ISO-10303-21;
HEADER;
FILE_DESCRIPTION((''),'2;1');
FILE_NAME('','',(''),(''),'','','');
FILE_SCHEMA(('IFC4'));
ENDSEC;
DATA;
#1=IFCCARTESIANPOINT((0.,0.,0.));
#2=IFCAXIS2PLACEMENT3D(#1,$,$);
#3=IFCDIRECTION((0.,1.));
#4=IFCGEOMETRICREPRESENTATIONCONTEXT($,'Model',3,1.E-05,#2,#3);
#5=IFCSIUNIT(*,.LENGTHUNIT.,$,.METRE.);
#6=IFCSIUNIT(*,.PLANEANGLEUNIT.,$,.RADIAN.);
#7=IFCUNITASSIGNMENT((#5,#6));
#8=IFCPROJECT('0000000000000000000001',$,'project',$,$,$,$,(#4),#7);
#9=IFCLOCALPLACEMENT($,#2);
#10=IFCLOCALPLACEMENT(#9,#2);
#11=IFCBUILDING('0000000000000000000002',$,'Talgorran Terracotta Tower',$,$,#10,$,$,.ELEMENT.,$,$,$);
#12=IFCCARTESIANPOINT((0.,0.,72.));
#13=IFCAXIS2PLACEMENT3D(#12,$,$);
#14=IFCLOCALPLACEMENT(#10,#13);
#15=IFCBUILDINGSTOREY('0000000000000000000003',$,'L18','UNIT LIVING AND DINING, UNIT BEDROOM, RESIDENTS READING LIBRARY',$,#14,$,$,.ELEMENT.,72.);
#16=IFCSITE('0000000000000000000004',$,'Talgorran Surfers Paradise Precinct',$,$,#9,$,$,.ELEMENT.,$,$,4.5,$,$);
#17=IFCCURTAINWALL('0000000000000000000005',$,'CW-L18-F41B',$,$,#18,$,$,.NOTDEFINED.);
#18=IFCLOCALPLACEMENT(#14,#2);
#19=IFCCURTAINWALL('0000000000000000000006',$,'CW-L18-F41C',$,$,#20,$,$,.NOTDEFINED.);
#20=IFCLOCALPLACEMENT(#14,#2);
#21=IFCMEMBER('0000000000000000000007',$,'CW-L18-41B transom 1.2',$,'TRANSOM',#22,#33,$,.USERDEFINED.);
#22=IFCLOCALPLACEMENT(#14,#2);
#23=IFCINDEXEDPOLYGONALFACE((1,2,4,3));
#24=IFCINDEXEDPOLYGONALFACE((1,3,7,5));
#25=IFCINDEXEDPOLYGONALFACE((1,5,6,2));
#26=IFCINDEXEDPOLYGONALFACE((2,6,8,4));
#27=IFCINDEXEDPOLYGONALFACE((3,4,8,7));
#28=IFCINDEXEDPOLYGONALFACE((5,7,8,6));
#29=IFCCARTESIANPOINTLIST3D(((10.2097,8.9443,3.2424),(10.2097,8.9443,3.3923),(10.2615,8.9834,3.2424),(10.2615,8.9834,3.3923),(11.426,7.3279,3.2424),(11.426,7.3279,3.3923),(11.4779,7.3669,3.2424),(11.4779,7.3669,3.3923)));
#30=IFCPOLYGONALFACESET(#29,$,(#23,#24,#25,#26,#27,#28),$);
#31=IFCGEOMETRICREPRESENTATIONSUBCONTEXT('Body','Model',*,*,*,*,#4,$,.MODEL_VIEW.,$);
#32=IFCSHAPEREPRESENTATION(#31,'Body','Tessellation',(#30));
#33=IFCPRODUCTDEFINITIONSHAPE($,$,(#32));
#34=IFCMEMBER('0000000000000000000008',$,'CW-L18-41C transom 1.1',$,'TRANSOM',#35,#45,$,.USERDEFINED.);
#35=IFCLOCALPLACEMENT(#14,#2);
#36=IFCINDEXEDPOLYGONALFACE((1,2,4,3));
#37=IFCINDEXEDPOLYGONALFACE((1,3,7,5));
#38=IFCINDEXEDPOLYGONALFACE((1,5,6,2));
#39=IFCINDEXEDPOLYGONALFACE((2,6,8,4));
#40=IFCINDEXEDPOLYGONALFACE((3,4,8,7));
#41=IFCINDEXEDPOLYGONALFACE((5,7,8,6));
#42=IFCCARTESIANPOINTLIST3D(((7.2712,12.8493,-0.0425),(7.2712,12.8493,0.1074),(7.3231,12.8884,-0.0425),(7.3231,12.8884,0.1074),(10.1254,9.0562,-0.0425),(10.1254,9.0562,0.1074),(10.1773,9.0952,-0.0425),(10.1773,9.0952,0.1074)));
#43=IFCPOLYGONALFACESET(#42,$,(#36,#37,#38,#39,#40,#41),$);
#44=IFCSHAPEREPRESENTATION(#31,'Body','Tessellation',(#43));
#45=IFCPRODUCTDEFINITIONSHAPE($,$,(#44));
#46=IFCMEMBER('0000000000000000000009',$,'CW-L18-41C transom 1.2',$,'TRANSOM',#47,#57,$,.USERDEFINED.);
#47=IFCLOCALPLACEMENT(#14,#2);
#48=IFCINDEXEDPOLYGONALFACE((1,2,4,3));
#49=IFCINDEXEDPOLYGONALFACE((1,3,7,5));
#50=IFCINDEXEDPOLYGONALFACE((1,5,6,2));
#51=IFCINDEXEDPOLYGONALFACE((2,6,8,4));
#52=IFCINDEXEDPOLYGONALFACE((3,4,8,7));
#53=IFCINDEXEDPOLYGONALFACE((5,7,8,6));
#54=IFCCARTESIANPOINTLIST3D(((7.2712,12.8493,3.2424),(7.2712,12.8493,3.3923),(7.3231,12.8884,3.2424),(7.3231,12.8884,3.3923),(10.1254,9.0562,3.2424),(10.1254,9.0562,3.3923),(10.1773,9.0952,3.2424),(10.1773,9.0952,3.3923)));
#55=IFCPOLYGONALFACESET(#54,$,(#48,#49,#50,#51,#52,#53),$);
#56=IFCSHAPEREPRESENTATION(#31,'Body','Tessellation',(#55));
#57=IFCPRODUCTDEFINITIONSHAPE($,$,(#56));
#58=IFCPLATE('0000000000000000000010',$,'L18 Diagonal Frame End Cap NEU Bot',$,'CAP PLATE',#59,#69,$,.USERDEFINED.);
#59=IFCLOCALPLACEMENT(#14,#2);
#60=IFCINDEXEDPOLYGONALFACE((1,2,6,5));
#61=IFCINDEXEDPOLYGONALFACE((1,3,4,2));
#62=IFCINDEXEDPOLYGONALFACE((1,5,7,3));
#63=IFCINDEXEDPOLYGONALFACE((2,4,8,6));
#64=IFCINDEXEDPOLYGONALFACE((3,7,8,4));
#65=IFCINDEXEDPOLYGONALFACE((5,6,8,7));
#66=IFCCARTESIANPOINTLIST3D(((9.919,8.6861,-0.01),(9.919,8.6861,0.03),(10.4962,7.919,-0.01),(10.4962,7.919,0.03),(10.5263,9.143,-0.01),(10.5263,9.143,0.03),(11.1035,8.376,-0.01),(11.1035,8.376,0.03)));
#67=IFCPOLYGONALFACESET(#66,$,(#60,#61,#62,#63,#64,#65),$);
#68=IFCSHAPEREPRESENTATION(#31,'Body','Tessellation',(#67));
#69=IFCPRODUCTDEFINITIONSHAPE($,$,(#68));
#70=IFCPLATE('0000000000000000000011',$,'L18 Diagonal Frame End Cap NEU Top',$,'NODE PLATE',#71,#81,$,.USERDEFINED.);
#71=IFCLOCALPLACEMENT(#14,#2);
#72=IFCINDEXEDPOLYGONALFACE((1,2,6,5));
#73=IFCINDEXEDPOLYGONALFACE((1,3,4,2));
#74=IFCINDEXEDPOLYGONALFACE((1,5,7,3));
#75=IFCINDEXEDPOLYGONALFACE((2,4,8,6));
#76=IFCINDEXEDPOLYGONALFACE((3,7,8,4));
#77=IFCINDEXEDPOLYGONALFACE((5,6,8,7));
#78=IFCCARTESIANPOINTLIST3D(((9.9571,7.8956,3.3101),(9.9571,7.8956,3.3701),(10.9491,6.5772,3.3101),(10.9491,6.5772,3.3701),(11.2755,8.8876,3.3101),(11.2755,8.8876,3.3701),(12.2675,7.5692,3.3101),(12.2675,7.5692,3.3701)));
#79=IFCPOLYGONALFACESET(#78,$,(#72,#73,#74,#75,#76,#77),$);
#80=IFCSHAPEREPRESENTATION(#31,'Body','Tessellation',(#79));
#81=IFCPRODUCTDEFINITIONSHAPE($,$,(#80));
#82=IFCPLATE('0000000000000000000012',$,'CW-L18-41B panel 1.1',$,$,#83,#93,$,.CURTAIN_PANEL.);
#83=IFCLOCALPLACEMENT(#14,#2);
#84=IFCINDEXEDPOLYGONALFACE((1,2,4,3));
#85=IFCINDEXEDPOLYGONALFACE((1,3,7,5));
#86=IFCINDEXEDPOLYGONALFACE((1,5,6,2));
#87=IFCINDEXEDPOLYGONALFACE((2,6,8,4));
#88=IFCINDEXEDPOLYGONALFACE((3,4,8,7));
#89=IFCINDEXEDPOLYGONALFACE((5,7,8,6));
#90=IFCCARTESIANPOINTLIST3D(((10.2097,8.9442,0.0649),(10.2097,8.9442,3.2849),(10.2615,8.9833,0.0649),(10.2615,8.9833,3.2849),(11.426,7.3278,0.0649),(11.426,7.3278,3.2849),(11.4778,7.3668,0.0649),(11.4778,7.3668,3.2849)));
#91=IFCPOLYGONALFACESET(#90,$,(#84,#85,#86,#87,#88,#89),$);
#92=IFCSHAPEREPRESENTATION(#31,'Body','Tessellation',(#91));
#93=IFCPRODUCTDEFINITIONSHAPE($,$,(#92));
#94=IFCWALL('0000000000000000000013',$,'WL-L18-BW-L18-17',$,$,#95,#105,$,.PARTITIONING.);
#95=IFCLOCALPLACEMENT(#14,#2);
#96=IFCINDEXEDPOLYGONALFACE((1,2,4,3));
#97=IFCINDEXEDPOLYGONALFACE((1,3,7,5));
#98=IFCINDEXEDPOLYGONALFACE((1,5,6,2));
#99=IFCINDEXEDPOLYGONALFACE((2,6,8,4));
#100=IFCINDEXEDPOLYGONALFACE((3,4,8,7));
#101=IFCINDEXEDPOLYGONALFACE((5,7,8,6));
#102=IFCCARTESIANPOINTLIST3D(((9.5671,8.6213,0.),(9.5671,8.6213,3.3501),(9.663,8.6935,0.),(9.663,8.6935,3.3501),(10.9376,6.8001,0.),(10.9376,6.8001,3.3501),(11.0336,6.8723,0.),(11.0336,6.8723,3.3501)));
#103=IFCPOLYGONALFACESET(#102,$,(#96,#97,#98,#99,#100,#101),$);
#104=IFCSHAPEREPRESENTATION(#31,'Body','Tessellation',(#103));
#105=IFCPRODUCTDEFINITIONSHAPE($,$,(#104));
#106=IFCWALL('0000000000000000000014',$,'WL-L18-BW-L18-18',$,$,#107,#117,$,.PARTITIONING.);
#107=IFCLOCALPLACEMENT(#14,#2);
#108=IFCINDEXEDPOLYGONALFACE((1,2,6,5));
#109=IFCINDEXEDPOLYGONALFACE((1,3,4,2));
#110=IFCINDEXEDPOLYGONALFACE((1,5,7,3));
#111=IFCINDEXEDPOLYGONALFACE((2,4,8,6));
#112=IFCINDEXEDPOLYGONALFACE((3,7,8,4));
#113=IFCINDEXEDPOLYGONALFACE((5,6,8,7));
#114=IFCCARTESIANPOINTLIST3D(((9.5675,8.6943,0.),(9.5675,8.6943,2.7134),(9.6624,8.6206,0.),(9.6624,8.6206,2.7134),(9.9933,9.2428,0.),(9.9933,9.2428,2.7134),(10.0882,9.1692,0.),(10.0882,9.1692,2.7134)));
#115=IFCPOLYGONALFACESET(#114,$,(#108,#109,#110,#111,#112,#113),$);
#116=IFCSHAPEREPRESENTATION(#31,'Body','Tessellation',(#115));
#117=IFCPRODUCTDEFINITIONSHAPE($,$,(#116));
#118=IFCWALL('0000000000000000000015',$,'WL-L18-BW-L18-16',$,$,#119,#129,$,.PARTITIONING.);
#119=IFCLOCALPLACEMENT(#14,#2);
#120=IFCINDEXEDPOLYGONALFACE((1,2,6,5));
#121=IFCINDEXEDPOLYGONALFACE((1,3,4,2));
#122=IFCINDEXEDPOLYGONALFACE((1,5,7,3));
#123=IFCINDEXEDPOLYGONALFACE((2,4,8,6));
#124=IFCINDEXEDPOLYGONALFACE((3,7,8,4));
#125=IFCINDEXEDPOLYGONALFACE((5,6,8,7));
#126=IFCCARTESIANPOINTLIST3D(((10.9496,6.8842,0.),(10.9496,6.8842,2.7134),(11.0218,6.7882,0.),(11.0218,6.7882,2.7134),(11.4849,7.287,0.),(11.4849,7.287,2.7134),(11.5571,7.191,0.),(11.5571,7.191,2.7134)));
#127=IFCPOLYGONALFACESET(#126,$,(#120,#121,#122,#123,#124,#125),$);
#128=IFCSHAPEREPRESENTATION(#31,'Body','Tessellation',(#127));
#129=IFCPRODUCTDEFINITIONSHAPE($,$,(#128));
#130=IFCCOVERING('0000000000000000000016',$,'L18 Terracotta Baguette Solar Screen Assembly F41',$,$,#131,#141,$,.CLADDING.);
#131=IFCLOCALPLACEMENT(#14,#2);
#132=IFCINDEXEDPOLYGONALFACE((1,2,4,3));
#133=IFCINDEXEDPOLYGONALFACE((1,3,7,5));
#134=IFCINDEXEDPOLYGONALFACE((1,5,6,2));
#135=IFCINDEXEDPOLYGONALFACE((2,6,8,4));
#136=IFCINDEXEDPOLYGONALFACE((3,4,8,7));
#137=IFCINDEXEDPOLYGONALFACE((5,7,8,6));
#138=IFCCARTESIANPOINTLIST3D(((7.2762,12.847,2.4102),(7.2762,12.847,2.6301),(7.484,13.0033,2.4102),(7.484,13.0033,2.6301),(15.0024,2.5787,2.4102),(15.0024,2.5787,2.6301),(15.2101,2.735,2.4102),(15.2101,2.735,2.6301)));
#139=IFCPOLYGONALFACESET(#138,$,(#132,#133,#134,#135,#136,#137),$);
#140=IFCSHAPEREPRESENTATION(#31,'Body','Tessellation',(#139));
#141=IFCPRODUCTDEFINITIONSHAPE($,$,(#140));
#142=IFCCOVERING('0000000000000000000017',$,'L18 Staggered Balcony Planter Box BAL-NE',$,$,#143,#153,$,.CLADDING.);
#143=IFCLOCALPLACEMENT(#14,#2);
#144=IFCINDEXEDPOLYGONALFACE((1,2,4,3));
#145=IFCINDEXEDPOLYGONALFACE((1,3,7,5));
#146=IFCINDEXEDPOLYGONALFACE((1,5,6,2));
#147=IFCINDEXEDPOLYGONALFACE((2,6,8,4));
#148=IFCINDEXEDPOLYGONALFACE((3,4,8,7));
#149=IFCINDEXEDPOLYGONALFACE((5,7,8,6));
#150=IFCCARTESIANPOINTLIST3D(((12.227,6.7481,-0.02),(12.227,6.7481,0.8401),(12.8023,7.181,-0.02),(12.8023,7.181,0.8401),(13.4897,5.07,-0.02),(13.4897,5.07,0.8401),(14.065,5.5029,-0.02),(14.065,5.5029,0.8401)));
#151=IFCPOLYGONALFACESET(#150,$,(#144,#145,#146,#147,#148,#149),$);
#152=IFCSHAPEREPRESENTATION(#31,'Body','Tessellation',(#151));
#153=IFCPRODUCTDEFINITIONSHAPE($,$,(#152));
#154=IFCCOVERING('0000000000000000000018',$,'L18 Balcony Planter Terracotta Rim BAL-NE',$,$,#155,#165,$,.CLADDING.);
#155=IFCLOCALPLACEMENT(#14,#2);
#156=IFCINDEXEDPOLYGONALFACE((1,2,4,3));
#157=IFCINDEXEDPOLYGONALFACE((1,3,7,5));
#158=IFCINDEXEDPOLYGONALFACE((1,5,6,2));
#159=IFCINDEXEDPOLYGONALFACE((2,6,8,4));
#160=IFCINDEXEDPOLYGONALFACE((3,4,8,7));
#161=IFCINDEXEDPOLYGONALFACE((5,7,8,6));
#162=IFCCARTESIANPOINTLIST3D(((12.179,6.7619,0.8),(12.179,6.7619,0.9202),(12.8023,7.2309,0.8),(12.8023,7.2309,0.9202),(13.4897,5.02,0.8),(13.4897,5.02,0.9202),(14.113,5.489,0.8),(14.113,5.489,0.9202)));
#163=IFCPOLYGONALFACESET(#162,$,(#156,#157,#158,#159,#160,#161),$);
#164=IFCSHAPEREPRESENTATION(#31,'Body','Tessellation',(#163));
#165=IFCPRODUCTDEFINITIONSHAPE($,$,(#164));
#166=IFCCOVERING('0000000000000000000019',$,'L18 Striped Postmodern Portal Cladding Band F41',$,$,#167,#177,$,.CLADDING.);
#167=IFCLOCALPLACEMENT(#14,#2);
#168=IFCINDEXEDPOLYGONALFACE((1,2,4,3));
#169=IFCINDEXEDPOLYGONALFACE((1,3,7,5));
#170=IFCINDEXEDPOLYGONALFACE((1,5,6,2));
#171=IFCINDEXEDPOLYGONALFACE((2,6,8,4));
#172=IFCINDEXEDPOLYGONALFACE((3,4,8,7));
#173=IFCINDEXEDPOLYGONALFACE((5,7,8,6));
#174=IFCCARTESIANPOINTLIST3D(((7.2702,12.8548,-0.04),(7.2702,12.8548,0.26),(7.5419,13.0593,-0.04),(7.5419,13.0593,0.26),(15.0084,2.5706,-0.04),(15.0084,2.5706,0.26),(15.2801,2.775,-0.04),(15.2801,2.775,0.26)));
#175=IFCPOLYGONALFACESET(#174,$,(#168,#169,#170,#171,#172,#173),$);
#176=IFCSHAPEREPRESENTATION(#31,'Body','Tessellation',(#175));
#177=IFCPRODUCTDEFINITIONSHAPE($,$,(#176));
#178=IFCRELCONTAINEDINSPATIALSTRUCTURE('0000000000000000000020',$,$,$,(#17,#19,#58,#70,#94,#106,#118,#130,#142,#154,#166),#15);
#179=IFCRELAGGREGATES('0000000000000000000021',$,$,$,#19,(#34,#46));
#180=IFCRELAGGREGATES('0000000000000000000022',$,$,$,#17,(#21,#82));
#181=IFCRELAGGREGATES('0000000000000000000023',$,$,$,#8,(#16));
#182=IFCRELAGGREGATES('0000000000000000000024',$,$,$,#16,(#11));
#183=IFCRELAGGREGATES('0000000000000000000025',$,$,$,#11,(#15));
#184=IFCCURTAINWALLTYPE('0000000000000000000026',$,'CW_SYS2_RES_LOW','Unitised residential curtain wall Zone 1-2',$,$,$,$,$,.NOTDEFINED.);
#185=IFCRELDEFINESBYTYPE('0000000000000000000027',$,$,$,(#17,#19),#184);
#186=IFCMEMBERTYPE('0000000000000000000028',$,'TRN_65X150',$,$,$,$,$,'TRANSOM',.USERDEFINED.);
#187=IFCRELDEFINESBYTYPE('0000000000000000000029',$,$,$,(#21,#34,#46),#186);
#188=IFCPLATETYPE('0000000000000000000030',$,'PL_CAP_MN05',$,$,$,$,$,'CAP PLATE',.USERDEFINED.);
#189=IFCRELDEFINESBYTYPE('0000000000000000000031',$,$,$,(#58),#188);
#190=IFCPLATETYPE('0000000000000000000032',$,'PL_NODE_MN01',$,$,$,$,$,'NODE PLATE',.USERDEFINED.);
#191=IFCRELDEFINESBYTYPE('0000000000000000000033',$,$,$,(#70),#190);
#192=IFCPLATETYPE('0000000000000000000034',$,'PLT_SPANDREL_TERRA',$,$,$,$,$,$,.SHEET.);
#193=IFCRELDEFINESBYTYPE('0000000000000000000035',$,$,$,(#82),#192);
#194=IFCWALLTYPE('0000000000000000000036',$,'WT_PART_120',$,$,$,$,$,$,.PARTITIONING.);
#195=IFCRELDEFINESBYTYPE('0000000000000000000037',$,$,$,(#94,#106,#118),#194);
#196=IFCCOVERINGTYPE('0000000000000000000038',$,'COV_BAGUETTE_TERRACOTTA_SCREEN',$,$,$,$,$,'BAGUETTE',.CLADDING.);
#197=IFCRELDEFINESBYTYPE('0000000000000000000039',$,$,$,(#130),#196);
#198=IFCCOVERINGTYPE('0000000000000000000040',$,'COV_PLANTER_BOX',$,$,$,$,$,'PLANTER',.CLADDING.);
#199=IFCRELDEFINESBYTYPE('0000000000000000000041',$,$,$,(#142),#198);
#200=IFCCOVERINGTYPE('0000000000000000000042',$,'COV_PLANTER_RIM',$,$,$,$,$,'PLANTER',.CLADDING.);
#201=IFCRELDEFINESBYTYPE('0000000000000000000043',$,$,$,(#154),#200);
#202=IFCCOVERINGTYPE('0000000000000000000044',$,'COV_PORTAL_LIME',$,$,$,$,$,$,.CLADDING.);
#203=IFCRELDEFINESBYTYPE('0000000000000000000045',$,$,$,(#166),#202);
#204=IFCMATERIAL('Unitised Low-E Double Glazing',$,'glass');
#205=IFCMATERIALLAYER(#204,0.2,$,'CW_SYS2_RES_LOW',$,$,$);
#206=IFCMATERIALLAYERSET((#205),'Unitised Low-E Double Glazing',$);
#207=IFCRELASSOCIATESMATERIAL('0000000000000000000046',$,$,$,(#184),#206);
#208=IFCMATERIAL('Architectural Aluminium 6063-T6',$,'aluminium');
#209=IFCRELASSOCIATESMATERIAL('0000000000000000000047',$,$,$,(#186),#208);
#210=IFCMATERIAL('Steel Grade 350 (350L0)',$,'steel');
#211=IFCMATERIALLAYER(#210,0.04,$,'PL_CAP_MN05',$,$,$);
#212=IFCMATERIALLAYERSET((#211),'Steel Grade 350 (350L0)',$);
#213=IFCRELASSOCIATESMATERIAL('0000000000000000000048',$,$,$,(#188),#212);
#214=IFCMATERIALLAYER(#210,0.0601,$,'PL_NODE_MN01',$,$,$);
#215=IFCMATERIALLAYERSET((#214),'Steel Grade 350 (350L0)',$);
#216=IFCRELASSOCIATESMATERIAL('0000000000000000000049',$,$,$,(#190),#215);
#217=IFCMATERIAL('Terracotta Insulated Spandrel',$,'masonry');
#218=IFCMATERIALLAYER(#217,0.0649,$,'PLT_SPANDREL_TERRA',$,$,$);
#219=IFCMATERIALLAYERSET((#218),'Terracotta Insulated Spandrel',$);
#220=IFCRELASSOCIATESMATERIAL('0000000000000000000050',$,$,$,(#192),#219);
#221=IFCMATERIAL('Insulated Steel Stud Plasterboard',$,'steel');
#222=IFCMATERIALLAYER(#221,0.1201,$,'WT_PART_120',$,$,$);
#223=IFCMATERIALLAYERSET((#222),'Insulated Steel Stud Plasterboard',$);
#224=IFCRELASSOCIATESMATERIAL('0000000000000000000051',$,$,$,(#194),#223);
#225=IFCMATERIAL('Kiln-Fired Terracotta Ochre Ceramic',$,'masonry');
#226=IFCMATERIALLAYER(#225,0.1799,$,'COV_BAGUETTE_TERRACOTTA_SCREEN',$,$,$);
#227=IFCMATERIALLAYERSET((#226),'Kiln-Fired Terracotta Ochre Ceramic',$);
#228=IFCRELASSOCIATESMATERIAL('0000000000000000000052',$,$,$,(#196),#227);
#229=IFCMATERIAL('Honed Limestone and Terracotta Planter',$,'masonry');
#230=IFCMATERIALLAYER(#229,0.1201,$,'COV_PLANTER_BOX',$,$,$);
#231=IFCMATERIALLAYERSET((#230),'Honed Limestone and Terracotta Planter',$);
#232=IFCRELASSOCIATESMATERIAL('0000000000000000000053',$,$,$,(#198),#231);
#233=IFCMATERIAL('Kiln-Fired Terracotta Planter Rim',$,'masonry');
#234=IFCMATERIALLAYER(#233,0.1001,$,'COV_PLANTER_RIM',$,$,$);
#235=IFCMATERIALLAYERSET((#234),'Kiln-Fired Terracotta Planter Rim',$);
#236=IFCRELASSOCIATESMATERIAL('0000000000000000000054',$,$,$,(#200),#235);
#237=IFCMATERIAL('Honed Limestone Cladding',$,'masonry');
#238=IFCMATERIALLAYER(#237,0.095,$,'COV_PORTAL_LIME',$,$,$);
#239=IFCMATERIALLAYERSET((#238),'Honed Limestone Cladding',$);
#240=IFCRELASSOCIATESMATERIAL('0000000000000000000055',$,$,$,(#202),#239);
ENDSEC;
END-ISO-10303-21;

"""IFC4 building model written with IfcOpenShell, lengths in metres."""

from ifc_helpers import new_model, si_unit, direction, frame, frame_2d, origin, origin_2d, place, context, subcontext, project, spatial, rectangle, extrude, source, transform, mapped, material, layer, layer_set, material_profile, profile_set, type_object, type_shapes, element, aggregate, save


model = new_model("IFC4")

# Units and contexts
model_context = context("Model", 3, precision=1e-05, world=origin(), true_north=direction((0.0, 1.0)))
body_context = subcontext(model_context, "Body", "Model", "MODEL_VIEW")
ifc_project = project(units=[si_unit("LENGTHUNIT", "METRE"), si_unit("PLANEANGLEUNIT", "RADIAN")], contexts=[model_context])

# Site, building, storey
site_placement = place(None, origin())
site = spatial("IfcSite", under=ifc_project, at=site_placement, Name="Talgorran Surfers Paradise Precinct", CompositionType="ELEMENT", RefElevation=4.5)
building_placement = place(site_placement, origin())
building = spatial("IfcBuilding", under=site, at=building_placement, Name="Talgorran Terracotta Tower", CompositionType="ELEMENT")
storey_placement = place(building_placement, frame((0.0, 0.0, 72.0)))
storey = spatial("IfcBuildingStorey", under=building, at=storey_placement, Name="L18", Description="UNIT LIVING AND DINING, UNIT BEDROOM, RESIDENTS READING LIBRARY", CompositionType="ELEMENT", Elevation=72.0)

# Shared definitions
ifc_material_1 = material(Name="Steel Grade 350 (350L0)", Category="steel")

# Shared definitions
ifc_material_2 = material(Name="Unitised Low-E Double Glazing", Category="glass")
ifc_layer_1 = layer(ifc_material_2, 0.2, Name="CW_SYS2_RES_LOW")
ifc_layer_set_1 = layer_set([ifc_layer_1], Name="Unitised Low-E Double Glazing")
curtain_wall_type = type_object("IfcCurtainWallType", Name="CW_SYS2_RES_LOW", Description="Unitised residential curtain wall Zone 1-2", PredefinedType="NOTDEFINED", material=ifc_layer_set_1)
ifc_material_3 = material(Name="Architectural Aluminium 6063-T6", Category="aluminium")

# Curtain wall
curtain_wall_1_placement = place(storey_placement, origin())
curtain_wall_1 = element("IfcCurtainWall", 1, at=curtain_wall_1_placement, inside=storey, type_object=curtain_wall_type, Name="CW-L18-F41B", PredefinedType="NOTDEFINED")

# Curtain wall
curtain_wall_2_placement = place(storey_placement, origin())
curtain_wall_2 = element("IfcCurtainWall", 2, at=curtain_wall_2_placement, inside=storey, type_object=curtain_wall_type, Name="CW-L18-F41C", PredefinedType="NOTDEFINED")

# Members
ifc_material_profile_1 = material_profile(ifc_material_3, rectangle(XDim=0.0649, YDim=0.1499, at=origin_2d()), Name="CWT65X150")
ifc_profile_set_1 = profile_set([ifc_material_profile_1], Name="Architectural Aluminium 6063-T6")
member_type_1 = type_object("IfcMemberType", Name="TRN_65X150", ElementType="TRANSOM", PredefinedType="USERDEFINED", material=ifc_profile_set_1)
member_1_placement = place(storey_placement, frame((11.4519, 7.3474, 3.3174), z_axis=(-0.601254, 0.799058, 0.0), x_axis=(-0.799058, -0.601254, 0.0)))
member_1 = element("IfcMember", 3, at=member_1_placement, type_object=member_type_1, Name="CW-L18-41B transom 1.2", ObjectType="TRANSOM", PredefinedType="USERDEFINED", context=body_context, shape_type="SweptSolid", body=[
    extrude(rectangle(XDim=0.0649, YDim=0.1499, at=origin_2d()), origin(), (0.0, 0.0, 1.0), 2.0229),
])
member_2_placement = place(storey_placement, frame((10.1514, 9.0757, 0.0325), z_axis=(-0.601258, 0.799055, 0.0), x_axis=(-0.799055, -0.601258, 0.0)))
member_2 = element("IfcMember", 4, at=member_2_placement, type_object=member_type_1, Name="CW-L18-41C transom 1.1", ObjectType="TRANSOM", PredefinedType="USERDEFINED", context=body_context, shape_type="SweptSolid", body=[
    extrude(rectangle(XDim=0.0649, YDim=0.1499, at=origin_2d()), origin(), (0.0, 0.0, 1.0), 4.7471),
])
member_3_placement = place(storey_placement, frame((10.1514, 9.0757, 3.3174), z_axis=(-0.601258, 0.799055, 0.0), x_axis=(-0.799055, -0.601258, 0.0)))
member_3 = element("IfcMember", 5, at=member_3_placement, type_object=member_type_1, Name="CW-L18-41C transom 1.2", ObjectType="TRANSOM", PredefinedType="USERDEFINED", context=body_context, shape_type="SweptSolid", body=[
    extrude(rectangle(XDim=0.0649, YDim=0.1499, at=origin_2d()), origin(), (0.0, 0.0, 1.0), 4.7471),
])
aggregate(curtain_wall_2, [member_2, member_3])

# Plates
ifc_layer_2 = layer(ifc_material_1, 0.04, Name="PL_CAP_MN05")
ifc_layer_set_2 = layer_set([ifc_layer_2], Name="Steel Grade 350 (350L0)")
plate_type_1 = type_object("IfcPlateType", Name="PL_CAP_MN05", ElementType="CAP PLATE", PredefinedType="USERDEFINED", material=ifc_layer_set_2)
plate_1_placement = place(storey_placement, frame((10.5112, 8.531, -0.01), z_axis=(0.0, 0.0, 1.0), x_axis=(0.601257, -0.799055, 0.0)))
element("IfcPlate", 6, at=plate_1_placement, inside=storey, type_object=plate_type_1, Name="L18 Diagonal Frame End Cap NEU Bot", ObjectType="CAP PLATE", PredefinedType="USERDEFINED", context=body_context, shape_type="SweptSolid", body=[
    extrude(rectangle(XDim=0.96, YDim=0.76, at=origin_2d()), origin(), (0.0, 0.0, 1.0), 0.04),
])
ifc_layer_3 = layer(ifc_material_1, 0.0601, Name="PL_NODE_MN01")
ifc_layer_set_3 = layer_set([ifc_layer_3], Name="Steel Grade 350 (350L0)")
plate_type_2 = type_object("IfcPlateType", Name="PL_NODE_MN01", ElementType="NODE PLATE", PredefinedType="USERDEFINED", material=ifc_layer_set_3)
plate_2_placement = place(storey_placement, frame((11.1123, 7.7324, 3.3101), z_axis=(0.0, 0.0, 1.0), x_axis=(0.601257, -0.799055, 0.0)))
element("IfcPlate", 7, at=plate_2_placement, inside=storey, type_object=plate_type_2, Name="L18 Diagonal Frame End Cap NEU Top", ObjectType="NODE PLATE", PredefinedType="USERDEFINED", context=body_context, shape_type="SweptSolid", body=[
    extrude(rectangle(XDim=1.6499, YDim=1.6499, at=origin_2d()), origin(), (0.0, 0.0, 1.0), 0.0601),
])

# Plate
ifc_material_4 = material(Name="Terracotta Insulated Spandrel", Category="masonry")
ifc_layer_4 = layer(ifc_material_4, 0.0649, Name="PLT_SPANDREL_TERRA")
ifc_layer_set_4 = layer_set([ifc_layer_4], Name="Terracotta Insulated Spandrel")
plate_type_3 = type_object("IfcPlateType", Name="PLT_SPANDREL_TERRA", PredefinedType="SHEET", material=ifc_layer_set_4)
shared_shape = source(origin(), body_context, "Body", "SweptSolid", [
    extrude(rectangle(XDim=2.0229, YDim=0.0649, at=origin_2d()), origin(), (0.0, 0.0, 1.0), 3.22),
])
type_shapes(plate_type_3, [shared_shape])
plate_3_placement = place(storey_placement, frame((10.8438, 8.1555, 0.0649), z_axis=(0.0, 0.0, 1.0), x_axis=(-0.601248, 0.799063, 0.0)))
plate_3 = element("IfcPlate", 8, at=plate_3_placement, type_object=plate_type_3, Name="CW-L18-41B panel 1.1", PredefinedType="CURTAIN_PANEL", context=body_context, shape_type="MappedRepresentation", body=[
    mapped(shared_shape, transform((0.0, 0.0, 0.0), scale=1.0)),
])
aggregate(curtain_wall_1, [member_1, plate_3])

# Walls
ifc_material_5 = material(Name="Insulated Steel Stud Plasterboard", Category="steel")
ifc_layer_5 = layer(ifc_material_5, 0.1201, Name="WT_PART_120")
ifc_layer_set_5 = layer_set([ifc_layer_5], Name="Insulated Steel Stud Plasterboard")
wall_type = type_object("IfcWallType", Name="WT_PART_120", PredefinedType="PARTITIONING", material=ifc_layer_set_5)
wall_1_placement = place(storey_placement, frame((10.9856, 6.8362, 0.0), z_axis=(0.0, 0.0, 1.0), x_axis=(-0.601302, 0.799022, 0.0)))
element("IfcWall", 9, at=wall_1_placement, inside=storey, type_object=wall_type, Name="WL-L18-BW-L18-17", PredefinedType="PARTITIONING", context=body_context, shape_type="SweptSolid", body=[
    extrude(rectangle(XDim=2.2793, YDim=0.1201, at=frame_2d((1.1396, 0.0))), origin(), (0.0, 0.0, 1.0), 3.3501),
])
wall_2_placement = place(storey_placement, frame((9.615, 8.6575, 0.0), z_axis=(0.0, 0.0, 1.0), x_axis=(0.613137, 0.789977, 0.0)))
element("IfcWall", 10, at=wall_2_placement, inside=storey, type_object=wall_type, Name="WL-L18-BW-L18-18", PredefinedType="PARTITIONING", context=body_context, shape_type="SweptSolid", body=[
    extrude(rectangle(XDim=0.6943, YDim=0.1201, at=frame_2d((0.3472, 0.0))), origin(), (0.0, 0.0, 1.0), 2.7134),
])
wall_3_placement = place(storey_placement, frame((11.521, 7.239, 0.0), z_axis=(0.0, 0.0, 1.0), x_axis=(-0.799081, -0.601224, 0.0)))
element("IfcWall", 11, at=wall_3_placement, inside=storey, type_object=wall_type, Name="WL-L18-BW-L18-16", PredefinedType="PARTITIONING", context=body_context, shape_type="SweptSolid", body=[
    extrude(rectangle(XDim=0.6699, YDim=0.1201, at=frame_2d((0.335, 0.0))), origin(), (0.0, 0.0, 1.0), 2.7134),
])

# Coverings
ifc_material_6 = material(Name="Kiln-Fired Terracotta Ochre Ceramic", Category="masonry")
ifc_layer_6 = layer(ifc_material_6, 0.1799, Name="COV_BAGUETTE_TERRACOTTA_SCREEN")
ifc_layer_set_6 = layer_set([ifc_layer_6], Name="Kiln-Fired Terracotta Ochre Ceramic")
covering_type_1 = type_object("IfcCoveringType", Name="COV_BAGUETTE_TERRACOTTA_SCREEN", ElementType="BAGUETTE", PredefinedType="CLADDING", material=ifc_layer_set_6)
covering_1_placement = place(storey_placement, frame((11.2432, 7.791, 2.4102), z_axis=(0.0, 0.0, 1.0), x_axis=(-0.601243, 0.799066, 0.0)))
element("IfcCovering", 12, at=covering_1_placement, inside=storey, type_object=covering_type_1, Name="L18 Terracotta Baguette Solar Screen Assembly F41", PredefinedType="CLADDING", context=body_context, shape_type="SweptSolid", body=[
    extrude(rectangle(XDim=12.8503, YDim=0.26, at=origin_2d()), origin(), (0.0, 0.0, 1.0), 0.22),
])
ifc_material_7 = material(Name="Honed Limestone and Terracotta Planter", Category="masonry")
ifc_layer_7 = layer(ifc_material_7, 0.1201, Name="COV_PLANTER_BOX")
ifc_layer_set_7 = layer_set([ifc_layer_7], Name="Honed Limestone and Terracotta Planter")
covering_type_2 = type_object("IfcCoveringType", Name="COV_PLANTER_BOX", ElementType="PLANTER", PredefinedType="CLADDING", material=ifc_layer_set_7)
covering_2_placement = place(storey_placement, frame((13.146, 6.1255, -0.02), z_axis=(0.0, 0.0, 1.0), x_axis=(-0.601243, 0.799066, 0.0)))
element("IfcCovering", 13, at=covering_2_placement, inside=storey, type_object=covering_type_2, Name="L18 Staggered Balcony Planter Box BAL-NE", PredefinedType="CLADDING", context=body_context, shape_type="SweptSolid", body=[
    extrude(rectangle(XDim=2.1001, YDim=0.72, at=origin_2d()), origin(), (0.0, 0.0, 1.0), 0.8601),
])
ifc_material_8 = material(Name="Kiln-Fired Terracotta Planter Rim", Category="masonry")
ifc_layer_8 = layer(ifc_material_8, 0.1001, Name="COV_PLANTER_RIM")
ifc_layer_set_8 = layer_set([ifc_layer_8], Name="Kiln-Fired Terracotta Planter Rim")
covering_type_3 = type_object("IfcCoveringType", Name="COV_PLANTER_RIM", ElementType="PLANTER", PredefinedType="CLADDING", material=ifc_layer_set_8)
covering_3_placement = place(storey_placement, frame((13.146, 6.1255, 0.8), z_axis=(0.0, 0.0, 1.0), x_axis=(-0.601243, 0.799066, 0.0)))
element("IfcCovering", 14, at=covering_3_placement, inside=storey, type_object=covering_type_3, Name="L18 Balcony Planter Terracotta Rim BAL-NE", PredefinedType="CLADDING", context=body_context, shape_type="SweptSolid", body=[
    extrude(rectangle(XDim=2.1799, YDim=0.78, at=origin_2d()), origin(), (0.0, 0.0, 1.0), 0.1201),
])
ifc_material_9 = material(Name="Honed Limestone Cladding", Category="masonry")
ifc_layer_9 = layer(ifc_material_9, 0.095, Name="COV_PORTAL_LIME")
ifc_layer_set_9 = layer_set([ifc_layer_9], Name="Honed Limestone Cladding")
covering_type_4 = type_object("IfcCoveringType", Name="COV_PORTAL_LIME", PredefinedType="CLADDING", material=ifc_layer_set_9)
covering_4_placement = place(storey_placement, frame((11.2751, 7.8149, -0.04), z_axis=(0.0, 0.0, 1.0), x_axis=(-0.601243, 0.799066, 0.0)))
element("IfcCovering", 15, at=covering_4_placement, inside=storey, type_object=covering_type_4, Name="L18 Striped Postmodern Portal Cladding Band F41", PredefinedType="CLADDING", context=body_context, shape_type="SweptSolid", body=[
    extrude(rectangle(XDim=12.8704, YDim=0.3401, at=origin_2d()), origin(), (0.0, 0.0, 1.0), 0.3),
])

save(model, "model.ifc")
